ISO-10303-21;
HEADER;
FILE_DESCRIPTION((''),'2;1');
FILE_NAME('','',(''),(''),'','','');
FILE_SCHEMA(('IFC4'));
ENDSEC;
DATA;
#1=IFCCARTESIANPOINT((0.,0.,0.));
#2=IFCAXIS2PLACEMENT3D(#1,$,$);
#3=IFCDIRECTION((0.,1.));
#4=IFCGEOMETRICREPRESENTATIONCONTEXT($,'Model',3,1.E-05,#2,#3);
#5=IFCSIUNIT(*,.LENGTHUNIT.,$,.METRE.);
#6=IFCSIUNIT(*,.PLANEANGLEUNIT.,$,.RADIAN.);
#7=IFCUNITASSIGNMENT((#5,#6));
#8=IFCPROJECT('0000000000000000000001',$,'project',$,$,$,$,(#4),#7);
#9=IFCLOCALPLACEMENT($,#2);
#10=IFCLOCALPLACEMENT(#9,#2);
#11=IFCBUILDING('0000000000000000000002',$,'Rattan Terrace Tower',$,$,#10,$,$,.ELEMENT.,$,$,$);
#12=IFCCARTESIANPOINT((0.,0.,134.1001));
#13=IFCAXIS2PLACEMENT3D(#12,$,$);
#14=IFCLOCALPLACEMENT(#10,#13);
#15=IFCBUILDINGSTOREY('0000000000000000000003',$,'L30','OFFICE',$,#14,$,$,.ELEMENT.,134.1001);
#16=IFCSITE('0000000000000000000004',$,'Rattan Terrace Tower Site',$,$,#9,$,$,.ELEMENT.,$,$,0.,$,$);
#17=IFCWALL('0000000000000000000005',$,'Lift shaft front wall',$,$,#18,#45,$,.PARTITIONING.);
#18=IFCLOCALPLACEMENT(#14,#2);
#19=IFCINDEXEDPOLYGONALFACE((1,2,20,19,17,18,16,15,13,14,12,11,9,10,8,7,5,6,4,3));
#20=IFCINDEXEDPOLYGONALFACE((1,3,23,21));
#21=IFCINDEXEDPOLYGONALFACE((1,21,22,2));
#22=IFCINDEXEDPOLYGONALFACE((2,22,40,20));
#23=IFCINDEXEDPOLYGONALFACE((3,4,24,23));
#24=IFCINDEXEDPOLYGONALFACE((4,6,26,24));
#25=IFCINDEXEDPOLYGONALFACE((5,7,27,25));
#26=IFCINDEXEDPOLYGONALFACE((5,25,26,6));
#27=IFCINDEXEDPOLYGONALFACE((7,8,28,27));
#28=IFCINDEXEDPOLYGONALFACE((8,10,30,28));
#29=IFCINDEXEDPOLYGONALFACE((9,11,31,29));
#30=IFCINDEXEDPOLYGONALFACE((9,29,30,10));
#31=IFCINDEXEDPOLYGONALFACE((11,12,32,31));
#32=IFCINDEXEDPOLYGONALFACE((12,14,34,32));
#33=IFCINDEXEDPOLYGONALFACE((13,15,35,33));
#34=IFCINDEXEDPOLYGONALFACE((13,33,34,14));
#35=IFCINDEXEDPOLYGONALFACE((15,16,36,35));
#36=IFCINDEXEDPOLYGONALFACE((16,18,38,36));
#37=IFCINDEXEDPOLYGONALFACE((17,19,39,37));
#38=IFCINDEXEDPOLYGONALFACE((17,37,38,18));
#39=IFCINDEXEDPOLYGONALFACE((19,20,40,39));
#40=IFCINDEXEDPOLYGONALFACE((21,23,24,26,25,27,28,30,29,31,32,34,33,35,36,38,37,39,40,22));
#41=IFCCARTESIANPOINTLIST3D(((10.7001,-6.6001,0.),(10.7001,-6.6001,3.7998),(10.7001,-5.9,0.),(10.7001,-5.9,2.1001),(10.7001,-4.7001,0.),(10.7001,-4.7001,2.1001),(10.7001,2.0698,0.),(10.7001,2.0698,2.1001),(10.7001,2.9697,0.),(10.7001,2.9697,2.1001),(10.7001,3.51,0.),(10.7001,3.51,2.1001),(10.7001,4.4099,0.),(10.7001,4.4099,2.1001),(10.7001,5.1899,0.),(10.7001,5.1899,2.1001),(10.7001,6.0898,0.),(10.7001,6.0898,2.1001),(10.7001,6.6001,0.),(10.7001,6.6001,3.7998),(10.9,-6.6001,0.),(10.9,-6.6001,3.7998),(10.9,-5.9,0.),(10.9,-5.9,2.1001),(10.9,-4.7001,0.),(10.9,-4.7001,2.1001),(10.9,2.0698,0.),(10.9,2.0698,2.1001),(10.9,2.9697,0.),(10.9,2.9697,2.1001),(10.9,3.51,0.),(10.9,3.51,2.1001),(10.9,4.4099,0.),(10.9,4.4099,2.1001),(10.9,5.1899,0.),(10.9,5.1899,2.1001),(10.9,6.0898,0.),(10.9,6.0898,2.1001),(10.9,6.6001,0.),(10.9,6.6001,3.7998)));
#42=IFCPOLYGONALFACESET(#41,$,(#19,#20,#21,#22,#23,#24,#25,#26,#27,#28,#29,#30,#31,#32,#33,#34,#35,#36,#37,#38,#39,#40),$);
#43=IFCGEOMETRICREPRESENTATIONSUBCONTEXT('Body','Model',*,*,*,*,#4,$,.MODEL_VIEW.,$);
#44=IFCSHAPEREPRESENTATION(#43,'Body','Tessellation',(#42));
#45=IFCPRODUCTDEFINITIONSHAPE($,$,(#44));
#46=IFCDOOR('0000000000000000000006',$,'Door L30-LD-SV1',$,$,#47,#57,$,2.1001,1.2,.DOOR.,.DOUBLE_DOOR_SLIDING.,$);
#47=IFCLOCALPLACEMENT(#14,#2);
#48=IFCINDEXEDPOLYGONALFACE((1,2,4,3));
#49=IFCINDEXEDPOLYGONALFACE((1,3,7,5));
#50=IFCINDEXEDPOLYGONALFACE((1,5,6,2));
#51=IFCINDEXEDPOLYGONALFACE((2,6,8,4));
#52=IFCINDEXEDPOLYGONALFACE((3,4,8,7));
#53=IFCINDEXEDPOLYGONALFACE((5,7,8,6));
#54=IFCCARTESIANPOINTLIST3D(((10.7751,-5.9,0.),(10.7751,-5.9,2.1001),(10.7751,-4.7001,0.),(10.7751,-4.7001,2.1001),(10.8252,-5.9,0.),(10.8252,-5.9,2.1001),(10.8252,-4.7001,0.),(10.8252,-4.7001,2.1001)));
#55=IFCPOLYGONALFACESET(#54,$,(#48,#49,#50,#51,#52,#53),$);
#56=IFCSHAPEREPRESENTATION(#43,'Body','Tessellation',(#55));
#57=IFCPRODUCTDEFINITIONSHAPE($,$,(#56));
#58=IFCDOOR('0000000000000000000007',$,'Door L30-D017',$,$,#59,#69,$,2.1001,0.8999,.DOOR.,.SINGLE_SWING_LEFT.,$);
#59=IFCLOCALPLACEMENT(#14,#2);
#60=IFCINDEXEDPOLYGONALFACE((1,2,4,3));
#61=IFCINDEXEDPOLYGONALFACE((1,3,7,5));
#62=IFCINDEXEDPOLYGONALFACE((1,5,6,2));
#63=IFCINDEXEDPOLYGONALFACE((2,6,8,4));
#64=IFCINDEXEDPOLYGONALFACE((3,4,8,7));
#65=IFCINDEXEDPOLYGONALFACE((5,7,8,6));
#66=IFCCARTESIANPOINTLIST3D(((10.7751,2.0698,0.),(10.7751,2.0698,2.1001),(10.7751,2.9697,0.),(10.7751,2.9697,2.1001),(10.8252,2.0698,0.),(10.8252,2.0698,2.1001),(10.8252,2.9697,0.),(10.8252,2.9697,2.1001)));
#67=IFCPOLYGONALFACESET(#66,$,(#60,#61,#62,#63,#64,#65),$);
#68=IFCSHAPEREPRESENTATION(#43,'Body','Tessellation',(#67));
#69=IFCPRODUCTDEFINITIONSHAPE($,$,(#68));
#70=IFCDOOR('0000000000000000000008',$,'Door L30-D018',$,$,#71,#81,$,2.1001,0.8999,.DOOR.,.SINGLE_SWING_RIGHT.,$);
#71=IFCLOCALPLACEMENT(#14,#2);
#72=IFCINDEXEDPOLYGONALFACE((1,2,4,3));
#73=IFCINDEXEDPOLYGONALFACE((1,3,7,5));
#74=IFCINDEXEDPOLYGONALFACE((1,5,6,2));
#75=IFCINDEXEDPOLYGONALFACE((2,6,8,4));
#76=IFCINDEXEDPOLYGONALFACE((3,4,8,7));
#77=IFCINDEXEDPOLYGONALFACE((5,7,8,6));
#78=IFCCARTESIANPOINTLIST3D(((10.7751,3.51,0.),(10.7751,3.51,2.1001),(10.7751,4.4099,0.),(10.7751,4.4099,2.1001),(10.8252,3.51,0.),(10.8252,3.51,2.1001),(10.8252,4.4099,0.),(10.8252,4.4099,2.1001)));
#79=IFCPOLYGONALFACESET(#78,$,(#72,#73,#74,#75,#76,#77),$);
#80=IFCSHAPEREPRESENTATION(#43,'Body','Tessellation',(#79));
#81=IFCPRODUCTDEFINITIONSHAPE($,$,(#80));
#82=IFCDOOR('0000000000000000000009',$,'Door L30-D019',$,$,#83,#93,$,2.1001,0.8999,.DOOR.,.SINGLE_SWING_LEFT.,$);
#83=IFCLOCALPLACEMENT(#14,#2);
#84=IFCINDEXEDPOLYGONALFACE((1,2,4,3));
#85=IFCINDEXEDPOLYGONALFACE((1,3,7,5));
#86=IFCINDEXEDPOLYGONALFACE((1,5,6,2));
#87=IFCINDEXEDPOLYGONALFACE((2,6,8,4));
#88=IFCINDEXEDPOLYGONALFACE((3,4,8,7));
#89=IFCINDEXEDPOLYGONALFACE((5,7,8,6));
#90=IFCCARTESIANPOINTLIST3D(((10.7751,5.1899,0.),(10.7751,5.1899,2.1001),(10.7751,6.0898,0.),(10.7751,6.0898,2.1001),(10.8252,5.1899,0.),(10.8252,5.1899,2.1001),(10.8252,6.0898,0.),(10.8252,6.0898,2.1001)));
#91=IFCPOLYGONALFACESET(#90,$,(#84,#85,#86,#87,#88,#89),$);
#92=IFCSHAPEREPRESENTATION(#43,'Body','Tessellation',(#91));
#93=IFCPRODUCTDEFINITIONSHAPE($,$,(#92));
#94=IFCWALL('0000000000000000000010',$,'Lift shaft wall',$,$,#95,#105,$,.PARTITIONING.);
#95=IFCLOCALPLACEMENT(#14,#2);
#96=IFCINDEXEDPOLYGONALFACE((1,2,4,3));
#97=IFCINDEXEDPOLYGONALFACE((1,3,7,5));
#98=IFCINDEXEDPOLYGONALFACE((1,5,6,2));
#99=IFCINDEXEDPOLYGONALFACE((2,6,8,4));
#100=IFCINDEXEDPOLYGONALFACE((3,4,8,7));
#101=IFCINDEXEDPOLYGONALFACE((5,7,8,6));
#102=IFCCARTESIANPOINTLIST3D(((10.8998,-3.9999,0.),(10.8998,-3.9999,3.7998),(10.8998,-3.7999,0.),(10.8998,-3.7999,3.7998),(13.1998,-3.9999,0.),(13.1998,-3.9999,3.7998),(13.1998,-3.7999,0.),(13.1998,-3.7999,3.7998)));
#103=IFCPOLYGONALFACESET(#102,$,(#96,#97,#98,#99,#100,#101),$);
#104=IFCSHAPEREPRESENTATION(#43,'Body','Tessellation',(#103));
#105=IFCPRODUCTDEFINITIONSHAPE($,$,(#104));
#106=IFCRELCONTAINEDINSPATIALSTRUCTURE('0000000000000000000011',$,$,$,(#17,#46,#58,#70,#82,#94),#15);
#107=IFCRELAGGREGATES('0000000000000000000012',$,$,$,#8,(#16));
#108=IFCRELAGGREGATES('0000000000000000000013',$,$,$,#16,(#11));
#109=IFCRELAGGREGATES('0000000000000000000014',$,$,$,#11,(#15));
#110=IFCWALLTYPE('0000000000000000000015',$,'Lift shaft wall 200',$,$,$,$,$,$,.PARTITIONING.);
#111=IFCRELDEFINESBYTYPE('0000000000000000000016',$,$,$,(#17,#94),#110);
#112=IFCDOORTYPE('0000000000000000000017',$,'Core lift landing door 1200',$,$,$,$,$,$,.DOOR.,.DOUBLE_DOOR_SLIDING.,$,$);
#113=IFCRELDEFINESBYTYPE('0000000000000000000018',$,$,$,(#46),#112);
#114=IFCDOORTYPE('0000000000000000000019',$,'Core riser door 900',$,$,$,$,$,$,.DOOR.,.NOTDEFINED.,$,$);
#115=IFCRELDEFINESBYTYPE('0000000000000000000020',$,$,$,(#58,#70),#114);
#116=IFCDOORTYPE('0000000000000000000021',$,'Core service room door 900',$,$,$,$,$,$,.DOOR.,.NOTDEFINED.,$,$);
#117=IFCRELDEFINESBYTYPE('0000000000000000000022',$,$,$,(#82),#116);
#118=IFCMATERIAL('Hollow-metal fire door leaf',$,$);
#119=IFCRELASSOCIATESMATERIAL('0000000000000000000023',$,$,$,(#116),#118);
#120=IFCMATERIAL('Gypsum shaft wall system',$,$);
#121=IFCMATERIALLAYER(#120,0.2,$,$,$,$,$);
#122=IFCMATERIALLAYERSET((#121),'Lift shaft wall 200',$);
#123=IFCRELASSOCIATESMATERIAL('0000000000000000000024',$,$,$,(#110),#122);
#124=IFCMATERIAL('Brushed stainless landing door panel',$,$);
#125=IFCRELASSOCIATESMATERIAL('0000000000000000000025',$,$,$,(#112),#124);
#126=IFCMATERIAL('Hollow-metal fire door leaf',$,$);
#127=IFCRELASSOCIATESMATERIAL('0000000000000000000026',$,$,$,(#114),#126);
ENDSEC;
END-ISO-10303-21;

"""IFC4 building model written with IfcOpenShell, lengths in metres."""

from ifc_helpers import new_model, si_unit, direction, frame, frame_2d, origin, place, context, subcontext, project, spatial, rectangle, extrude, material, layer, layer_set, type_object, element, fill, save


model = new_model("IFC4")

# Units and contexts
model_context = context("Model", 3, precision=1e-05, world=origin(), true_north=direction((0.0, 1.0)))
body_context = subcontext(model_context, "Body", "Model", "MODEL_VIEW")
ifc_project = project(units=[si_unit("LENGTHUNIT", "METRE"), si_unit("PLANEANGLEUNIT", "RADIAN")], contexts=[model_context])

# Site, building, storey
site_placement = place(None, origin())
site = spatial("IfcSite", under=ifc_project, at=site_placement, Name="Rattan Terrace Tower Site", CompositionType="ELEMENT", RefElevation=0.0)
building_placement = place(site_placement, origin())
building = spatial("IfcBuilding", under=site, at=building_placement, Name="Rattan Terrace Tower", CompositionType="ELEMENT")
storey_placement = place(building_placement, frame((0.0, 0.0, 134.1001)))
storey = spatial("IfcBuildingStorey", under=building, at=storey_placement, Name="L30", Description="OFFICE", CompositionType="ELEMENT", Elevation=134.1001)

# Shared definitions
ifc_material_1 = material(Name="Hollow-metal fire door leaf")
door_type_1 = type_object("IfcDoorType", Name="Core service room door 900", OperationType="NOTDEFINED", PredefinedType="DOOR", material=ifc_material_1)

# Wall, openings, doors
ifc_material_2 = material(Name="Gypsum shaft wall system")
ifc_layer_1 = layer(ifc_material_2, 0.2)
ifc_layer_set_1 = layer_set([ifc_layer_1], Name="Lift shaft wall 200")
wall_type_1 = type_object("IfcWallType", Name="Lift shaft wall 200", PredefinedType="PARTITIONING", material=ifc_layer_set_1)
wall_1_placement = place(storey_placement, frame((10.8, -6.6001, 0.0), z_axis=(0.0, 0.0, 1.0), x_axis=(0.0, 1.0, 0.0)))
wall_1 = element("IfcWall", 1, at=wall_1_placement, inside=storey, type_object=wall_type_1, Name="Lift shaft front wall", PredefinedType="PARTITIONING", context=body_context, shape_type="SweptSolid", body=[
    extrude(rectangle(XDim=13.2002, YDim=0.2, at=frame_2d((6.6001, 0.0))), origin(), (0.0, 0.0, 1.0), 3.7998),
])
opening_1_placement = place(wall_1_placement, frame((0.7, 0.0, 0.0)))
opening_1 = element("IfcOpeningElement", 2, at=opening_1_placement, cuts=wall_1, PredefinedType="OPENING", context=body_context, shape_type="SweptSolid", body=[
    extrude(rectangle(XDim=1.2, YDim=2.1001, at=frame_2d((0.6001, 1.05))), frame((0.0, 0.1106, 0.0), z_axis=(0.0, -1.0, 0.0), x_axis=(1.0, 0.0, 0.0)), (0.0, 0.0, 1.0), 0.2209),
])
opening_2_placement = place(wall_1_placement, frame((8.6699, 0.0, 0.0)))
opening_2 = element("IfcOpeningElement", 3, at=opening_2_placement, cuts=wall_1, PredefinedType="OPENING", context=body_context, shape_type="SweptSolid", body=[
    extrude(rectangle(XDim=0.8999, YDim=2.1001, at=frame_2d((0.45, 1.05))), frame((0.0, 0.1106, 0.0), z_axis=(0.0, -1.0, 0.0), x_axis=(1.0, 0.0, 0.0)), (0.0, 0.0, 1.0), 0.2209),
])
opening_3_placement = place(wall_1_placement, frame((10.1101, 0.0, 0.0)))
opening_3 = element("IfcOpeningElement", 4, at=opening_3_placement, cuts=wall_1, PredefinedType="OPENING", context=body_context, shape_type="SweptSolid", body=[
    extrude(rectangle(XDim=0.8999, YDim=2.1001, at=frame_2d((0.45, 1.05))), frame((0.0, 0.1106, 0.0), z_axis=(0.0, -1.0, 0.0), x_axis=(1.0, 0.0, 0.0)), (0.0, 0.0, 1.0), 0.2209),
])
opening_4_placement = place(wall_1_placement, frame((11.79, 0.0, 0.0)))
opening_4 = element("IfcOpeningElement", 5, at=opening_4_placement, cuts=wall_1, PredefinedType="OPENING", context=body_context, shape_type="SweptSolid", body=[
    extrude(rectangle(XDim=0.8999, YDim=2.1001, at=frame_2d((0.45, 1.05))), frame((0.0, 0.1106, 0.0), z_axis=(0.0, -1.0, 0.0), x_axis=(1.0, 0.0, 0.0)), (0.0, 0.0, 1.0), 0.2209),
])
ifc_material_3 = material(Name="Brushed stainless landing door panel")
door_type_2 = type_object("IfcDoorType", Name="Core lift landing door 1200", OperationType="DOUBLE_DOOR_SLIDING", PredefinedType="DOOR", material=ifc_material_3)
door_1_placement = place(opening_1_placement, origin())
door_1 = element("IfcDoor", 6, at=door_1_placement, inside=storey, type_object=door_type_2, Name="Door L30-LD-SV1", OperationType="DOUBLE_DOOR_SLIDING", OverallHeight=2.1001, OverallWidth=1.2, PredefinedType="DOOR", context=body_context, shape_type="SweptSolid", body=[
    extrude(rectangle(XDim=1.2, YDim=2.1001, at=frame_2d((0.6001, 1.05))), frame((0.0, 0.0249, 0.0), z_axis=(0.0, -1.0, 0.0), x_axis=(1.0, 0.0, 0.0)), (0.0, 0.0, 1.0), 0.05),
])
fill(opening_1, door_1)
ifc_material_4 = material(Name="Hollow-metal fire door leaf")
door_type_3 = type_object("IfcDoorType", Name="Core riser door 900", OperationType="NOTDEFINED", PredefinedType="DOOR", material=ifc_material_4)
door_2_placement = place(opening_2_placement, origin())
door_2 = element("IfcDoor", 7, at=door_2_placement, inside=storey, type_object=door_type_3, Name="Door L30-D017", OperationType="SINGLE_SWING_LEFT", OverallHeight=2.1001, OverallWidth=0.8999, PredefinedType="DOOR", context=body_context, shape_type="SweptSolid", body=[
    extrude(rectangle(XDim=0.8999, YDim=2.1001, at=frame_2d((0.45, 1.05))), frame((0.0, 0.0249, 0.0), z_axis=(0.0, -1.0, 0.0), x_axis=(1.0, 0.0, 0.0)), (0.0, 0.0, 1.0), 0.05),
])
fill(opening_2, door_2)
door_3_placement = place(opening_3_placement, origin())
door_3 = element("IfcDoor", 8, at=door_3_placement, inside=storey, type_object=door_type_3, Name="Door L30-D018", OperationType="SINGLE_SWING_RIGHT", OverallHeight=2.1001, OverallWidth=0.8999, PredefinedType="DOOR", context=body_context, shape_type="SweptSolid", body=[
    extrude(rectangle(XDim=0.8999, YDim=2.1001, at=frame_2d((0.45, 1.05))), frame((0.0, 0.0249, 0.0), z_axis=(0.0, -1.0, 0.0), x_axis=(1.0, 0.0, 0.0)), (0.0, 0.0, 1.0), 0.05),
])
fill(opening_3, door_3)
door_4_placement = place(opening_4_placement, origin())
door_4 = element("IfcDoor", 9, at=door_4_placement, inside=storey, type_object=door_type_1, Name="Door L30-D019", OperationType="SINGLE_SWING_LEFT", OverallHeight=2.1001, OverallWidth=0.8999, PredefinedType="DOOR", context=body_context, shape_type="SweptSolid", body=[
    extrude(rectangle(XDim=0.8999, YDim=2.1001, at=frame_2d((0.45, 1.05))), frame((0.0, 0.0249, 0.0), z_axis=(0.0, -1.0, 0.0), x_axis=(1.0, 0.0, 0.0)), (0.0, 0.0, 1.0), 0.05),
])
fill(opening_4, door_4)

# Wall
wall_2_placement = place(storey_placement, frame((10.8999, -3.8999, 0.0), z_axis=(0.0, 0.0, 1.0), x_axis=(1.0, 0.0, 0.0)))
element("IfcWall", 10, at=wall_2_placement, inside=storey, type_object=wall_type_1, Name="Lift shaft wall", PredefinedType="PARTITIONING", context=body_context, shape_type="SweptSolid", body=[
    extrude(rectangle(XDim=2.3, YDim=0.2, at=frame_2d((1.1499, 0.0))), origin(), (0.0, 0.0, 1.0), 3.7998),
])

save(model, "model.ifc")
